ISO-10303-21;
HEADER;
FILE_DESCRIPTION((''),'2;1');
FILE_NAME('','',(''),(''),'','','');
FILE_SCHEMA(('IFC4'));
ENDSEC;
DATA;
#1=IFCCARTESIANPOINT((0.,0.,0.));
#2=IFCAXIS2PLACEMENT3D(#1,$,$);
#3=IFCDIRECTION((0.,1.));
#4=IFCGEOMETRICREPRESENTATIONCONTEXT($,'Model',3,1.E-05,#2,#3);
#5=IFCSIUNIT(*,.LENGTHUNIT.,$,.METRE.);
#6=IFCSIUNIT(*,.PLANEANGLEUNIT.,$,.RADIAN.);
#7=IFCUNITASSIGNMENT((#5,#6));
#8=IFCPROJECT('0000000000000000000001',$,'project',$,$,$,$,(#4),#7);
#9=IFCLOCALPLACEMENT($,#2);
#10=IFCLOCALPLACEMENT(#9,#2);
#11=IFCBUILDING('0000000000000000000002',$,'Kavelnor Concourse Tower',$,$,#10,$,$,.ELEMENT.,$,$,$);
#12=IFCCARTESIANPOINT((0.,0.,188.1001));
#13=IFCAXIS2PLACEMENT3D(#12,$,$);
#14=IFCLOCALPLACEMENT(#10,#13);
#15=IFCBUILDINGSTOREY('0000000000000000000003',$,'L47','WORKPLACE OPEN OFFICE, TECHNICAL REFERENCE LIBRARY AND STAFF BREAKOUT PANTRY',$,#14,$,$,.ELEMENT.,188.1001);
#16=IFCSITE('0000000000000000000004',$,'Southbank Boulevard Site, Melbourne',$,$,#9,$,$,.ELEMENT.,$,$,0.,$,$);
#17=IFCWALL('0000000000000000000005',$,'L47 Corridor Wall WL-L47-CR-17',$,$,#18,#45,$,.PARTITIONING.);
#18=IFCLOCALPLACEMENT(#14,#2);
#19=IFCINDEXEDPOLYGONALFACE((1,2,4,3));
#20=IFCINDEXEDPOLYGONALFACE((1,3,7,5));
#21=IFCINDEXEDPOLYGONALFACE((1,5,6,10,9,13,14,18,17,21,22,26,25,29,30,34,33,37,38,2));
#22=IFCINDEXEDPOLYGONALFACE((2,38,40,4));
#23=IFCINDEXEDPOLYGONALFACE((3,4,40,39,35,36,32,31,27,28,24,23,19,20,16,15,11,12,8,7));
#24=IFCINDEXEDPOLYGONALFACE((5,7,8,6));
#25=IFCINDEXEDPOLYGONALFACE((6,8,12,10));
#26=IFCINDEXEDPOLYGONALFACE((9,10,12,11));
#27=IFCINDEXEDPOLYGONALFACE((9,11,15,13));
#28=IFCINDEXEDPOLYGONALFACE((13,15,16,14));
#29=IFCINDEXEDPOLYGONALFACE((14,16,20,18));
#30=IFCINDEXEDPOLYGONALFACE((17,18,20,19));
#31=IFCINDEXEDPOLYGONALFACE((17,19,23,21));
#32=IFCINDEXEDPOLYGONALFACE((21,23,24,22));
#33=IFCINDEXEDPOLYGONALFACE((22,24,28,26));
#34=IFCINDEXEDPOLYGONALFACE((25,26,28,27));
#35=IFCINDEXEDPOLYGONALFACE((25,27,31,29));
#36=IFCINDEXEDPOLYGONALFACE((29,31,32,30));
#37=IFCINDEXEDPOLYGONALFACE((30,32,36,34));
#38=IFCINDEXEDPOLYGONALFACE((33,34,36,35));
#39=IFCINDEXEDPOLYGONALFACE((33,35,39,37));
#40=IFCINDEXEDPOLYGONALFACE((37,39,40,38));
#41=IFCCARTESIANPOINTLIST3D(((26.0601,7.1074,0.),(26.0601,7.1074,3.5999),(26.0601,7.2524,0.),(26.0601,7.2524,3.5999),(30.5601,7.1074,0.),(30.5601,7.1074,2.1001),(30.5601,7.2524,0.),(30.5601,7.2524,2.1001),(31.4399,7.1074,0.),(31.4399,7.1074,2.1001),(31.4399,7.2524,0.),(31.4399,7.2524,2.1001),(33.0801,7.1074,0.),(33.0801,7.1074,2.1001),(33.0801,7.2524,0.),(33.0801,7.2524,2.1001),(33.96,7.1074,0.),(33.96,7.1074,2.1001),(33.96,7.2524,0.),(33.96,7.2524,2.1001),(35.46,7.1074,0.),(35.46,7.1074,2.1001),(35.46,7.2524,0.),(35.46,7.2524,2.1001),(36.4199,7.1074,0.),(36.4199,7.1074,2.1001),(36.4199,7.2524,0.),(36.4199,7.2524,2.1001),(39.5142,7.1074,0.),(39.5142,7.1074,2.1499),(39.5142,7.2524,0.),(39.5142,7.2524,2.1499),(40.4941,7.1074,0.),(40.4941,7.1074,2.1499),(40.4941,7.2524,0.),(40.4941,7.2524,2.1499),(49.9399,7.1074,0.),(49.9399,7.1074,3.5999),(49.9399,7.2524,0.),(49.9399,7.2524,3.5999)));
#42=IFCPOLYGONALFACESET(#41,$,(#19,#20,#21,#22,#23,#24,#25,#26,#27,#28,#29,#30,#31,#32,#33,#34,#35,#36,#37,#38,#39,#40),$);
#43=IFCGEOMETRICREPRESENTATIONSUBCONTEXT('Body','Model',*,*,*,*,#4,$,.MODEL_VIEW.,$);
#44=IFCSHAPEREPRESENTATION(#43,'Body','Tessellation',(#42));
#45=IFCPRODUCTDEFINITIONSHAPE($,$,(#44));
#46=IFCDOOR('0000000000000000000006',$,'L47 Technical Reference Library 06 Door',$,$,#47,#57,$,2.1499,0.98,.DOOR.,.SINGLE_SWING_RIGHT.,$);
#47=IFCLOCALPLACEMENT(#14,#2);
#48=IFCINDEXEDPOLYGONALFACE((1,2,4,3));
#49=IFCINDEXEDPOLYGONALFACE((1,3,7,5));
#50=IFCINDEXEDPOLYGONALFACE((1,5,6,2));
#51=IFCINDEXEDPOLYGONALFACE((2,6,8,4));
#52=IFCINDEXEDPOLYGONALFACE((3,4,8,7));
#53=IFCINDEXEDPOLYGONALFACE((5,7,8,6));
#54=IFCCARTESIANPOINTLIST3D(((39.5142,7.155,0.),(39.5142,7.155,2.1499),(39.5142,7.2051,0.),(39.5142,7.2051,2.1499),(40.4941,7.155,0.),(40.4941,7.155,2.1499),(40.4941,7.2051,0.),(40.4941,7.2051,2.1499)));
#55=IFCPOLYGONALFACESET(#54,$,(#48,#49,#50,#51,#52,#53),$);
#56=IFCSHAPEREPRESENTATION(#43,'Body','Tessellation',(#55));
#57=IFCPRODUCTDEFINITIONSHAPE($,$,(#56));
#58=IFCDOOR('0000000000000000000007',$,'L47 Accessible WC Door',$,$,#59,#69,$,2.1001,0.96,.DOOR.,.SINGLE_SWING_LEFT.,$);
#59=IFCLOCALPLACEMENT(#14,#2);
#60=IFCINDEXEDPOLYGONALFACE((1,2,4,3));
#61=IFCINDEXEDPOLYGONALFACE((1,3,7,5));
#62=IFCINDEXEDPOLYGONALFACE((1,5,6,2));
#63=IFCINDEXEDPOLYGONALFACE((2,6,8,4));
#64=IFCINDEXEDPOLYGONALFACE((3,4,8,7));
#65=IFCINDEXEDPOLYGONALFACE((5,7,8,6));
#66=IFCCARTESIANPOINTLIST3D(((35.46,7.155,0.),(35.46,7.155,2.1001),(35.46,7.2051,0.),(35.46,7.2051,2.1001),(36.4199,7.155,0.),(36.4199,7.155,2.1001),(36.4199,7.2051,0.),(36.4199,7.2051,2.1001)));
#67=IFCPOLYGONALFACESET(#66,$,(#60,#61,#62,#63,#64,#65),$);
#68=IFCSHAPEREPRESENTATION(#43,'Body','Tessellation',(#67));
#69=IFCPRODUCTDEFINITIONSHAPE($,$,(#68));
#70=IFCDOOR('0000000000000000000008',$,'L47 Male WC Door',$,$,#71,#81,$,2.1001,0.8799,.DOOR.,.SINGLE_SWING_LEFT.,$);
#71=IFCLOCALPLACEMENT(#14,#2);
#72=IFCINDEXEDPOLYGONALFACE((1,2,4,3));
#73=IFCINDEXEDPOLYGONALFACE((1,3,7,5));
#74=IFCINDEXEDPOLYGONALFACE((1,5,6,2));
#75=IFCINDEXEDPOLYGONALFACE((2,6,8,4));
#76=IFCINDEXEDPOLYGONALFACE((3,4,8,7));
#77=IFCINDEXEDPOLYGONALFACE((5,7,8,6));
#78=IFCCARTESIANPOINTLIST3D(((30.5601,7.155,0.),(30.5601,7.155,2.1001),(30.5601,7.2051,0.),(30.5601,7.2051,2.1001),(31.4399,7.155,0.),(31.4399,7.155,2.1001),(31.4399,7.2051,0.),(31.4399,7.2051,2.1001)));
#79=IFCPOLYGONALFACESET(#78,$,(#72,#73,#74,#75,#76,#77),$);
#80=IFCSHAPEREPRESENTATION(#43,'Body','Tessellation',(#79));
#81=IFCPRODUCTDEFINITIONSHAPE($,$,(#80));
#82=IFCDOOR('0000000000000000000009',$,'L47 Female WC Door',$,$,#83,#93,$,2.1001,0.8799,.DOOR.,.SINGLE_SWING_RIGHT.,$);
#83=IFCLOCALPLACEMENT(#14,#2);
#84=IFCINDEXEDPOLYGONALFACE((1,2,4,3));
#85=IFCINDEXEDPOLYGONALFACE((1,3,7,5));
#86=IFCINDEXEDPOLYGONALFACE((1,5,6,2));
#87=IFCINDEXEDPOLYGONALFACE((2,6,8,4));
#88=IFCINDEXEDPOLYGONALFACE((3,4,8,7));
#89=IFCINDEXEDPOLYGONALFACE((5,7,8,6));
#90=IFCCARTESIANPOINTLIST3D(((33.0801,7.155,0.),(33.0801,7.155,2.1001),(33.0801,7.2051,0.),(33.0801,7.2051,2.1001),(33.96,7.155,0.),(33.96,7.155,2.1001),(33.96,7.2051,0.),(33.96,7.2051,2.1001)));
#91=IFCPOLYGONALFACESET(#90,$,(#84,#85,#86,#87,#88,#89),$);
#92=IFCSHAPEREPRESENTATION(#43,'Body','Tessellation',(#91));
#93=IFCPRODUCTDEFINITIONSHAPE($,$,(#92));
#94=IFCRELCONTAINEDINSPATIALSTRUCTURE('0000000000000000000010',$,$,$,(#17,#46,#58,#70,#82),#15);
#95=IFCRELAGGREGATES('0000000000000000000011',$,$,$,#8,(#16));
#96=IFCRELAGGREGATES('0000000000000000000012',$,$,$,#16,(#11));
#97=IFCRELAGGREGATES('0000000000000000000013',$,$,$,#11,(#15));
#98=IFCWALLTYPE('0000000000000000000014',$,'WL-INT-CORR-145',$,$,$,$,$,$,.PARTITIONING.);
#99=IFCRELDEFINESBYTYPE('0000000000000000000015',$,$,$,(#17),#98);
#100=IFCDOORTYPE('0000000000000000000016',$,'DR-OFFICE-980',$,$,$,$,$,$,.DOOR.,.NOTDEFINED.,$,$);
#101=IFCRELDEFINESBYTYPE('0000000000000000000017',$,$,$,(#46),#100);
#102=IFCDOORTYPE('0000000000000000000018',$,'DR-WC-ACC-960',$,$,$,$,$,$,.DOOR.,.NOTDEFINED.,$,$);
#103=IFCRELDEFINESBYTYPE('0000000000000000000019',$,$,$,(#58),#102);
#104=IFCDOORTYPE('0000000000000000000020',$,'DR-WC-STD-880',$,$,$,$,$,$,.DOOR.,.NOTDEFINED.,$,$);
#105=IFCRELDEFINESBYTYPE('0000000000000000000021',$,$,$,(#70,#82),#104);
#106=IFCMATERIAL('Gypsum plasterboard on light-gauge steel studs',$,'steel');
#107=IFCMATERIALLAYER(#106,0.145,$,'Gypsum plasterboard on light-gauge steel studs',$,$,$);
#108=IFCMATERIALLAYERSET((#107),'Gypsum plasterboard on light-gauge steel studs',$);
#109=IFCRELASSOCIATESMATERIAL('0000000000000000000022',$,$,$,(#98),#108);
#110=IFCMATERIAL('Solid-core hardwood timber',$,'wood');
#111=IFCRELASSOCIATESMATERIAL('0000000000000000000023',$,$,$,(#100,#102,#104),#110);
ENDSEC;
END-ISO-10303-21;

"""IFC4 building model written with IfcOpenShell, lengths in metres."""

from ifc_helpers import new_model, si_unit, direction, frame, frame_2d, origin, place, context, subcontext, project, spatial, rectangle, extrude, material, layer, layer_set, type_object, element, fill, save


model = new_model("IFC4")

# Units and contexts
model_context = context("Model", 3, precision=1e-05, world=origin(), true_north=direction((0.0, 1.0)))
body_context = subcontext(model_context, "Body", "Model", "MODEL_VIEW")
ifc_project = project(units=[si_unit("LENGTHUNIT", "METRE"), si_unit("PLANEANGLEUNIT", "RADIAN")], contexts=[model_context])

# Site, building, storey
site_placement = place(None, origin())
site = spatial("IfcSite", under=ifc_project, at=site_placement, Name="Southbank Boulevard Site, Melbourne", CompositionType="ELEMENT", RefElevation=0.0)
building_placement = place(site_placement, origin())
building = spatial("IfcBuilding", under=site, at=building_placement, Name="Kavelnor Concourse Tower", CompositionType="ELEMENT")
storey_placement = place(building_placement, frame((0.0, 0.0, 188.1001)))
storey = spatial("IfcBuildingStorey", under=building, at=storey_placement, Name="L47", Description="WORKPLACE OPEN OFFICE, TECHNICAL REFERENCE LIBRARY AND STAFF BREAKOUT PANTRY", CompositionType="ELEMENT", Elevation=188.1001)

# Shared definitions
ifc_material_1 = material(Name="Gypsum plasterboard on light-gauge steel studs", Category="steel")
ifc_layer_1 = layer(ifc_material_1, 0.145, Name="Gypsum plasterboard on light-gauge steel studs")
ifc_layer_set_1 = layer_set([ifc_layer_1], Name="Gypsum plasterboard on light-gauge steel studs")
wall_type_1 = type_object("IfcWallType", Name="WL-INT-CORR-145", PredefinedType="PARTITIONING", material=ifc_layer_set_1)
ifc_material_2 = material(Name="Solid-core hardwood timber", Category="wood")

# Wall, openings, doors
wall_1_placement = place(storey_placement, frame((49.9399, 7.1799, 0.0), z_axis=(0.0, 0.0, 1.0), x_axis=(-1.0, 0.0, 0.0)))
wall_1 = element("IfcWall", 1, at=wall_1_placement, inside=storey, type_object=wall_type_1, Name="L47 Corridor Wall WL-L47-CR-17", PredefinedType="PARTITIONING", context=body_context, shape_type="SweptSolid", body=[
    extrude(rectangle(XDim=23.8799, YDim=0.145, at=frame_2d((11.9399, 0.0))), origin(), (0.0, 0.0, 1.0), 3.5999),
])
opening_1_placement = place(wall_1_placement, frame((18.5, 0.0, 0.0)))
opening_1 = element("IfcOpeningElement", 2, at=opening_1_placement, cuts=wall_1, PredefinedType="OPENING", context=body_context, shape_type="SweptSolid", body=[
    extrude(rectangle(XDim=0.8799, YDim=2.1001, at=frame_2d((0.4399, 1.05))), frame((0.0, 0.0825, 0.0), z_axis=(0.0, -1.0, 0.0), x_axis=(1.0, 0.0, 0.0)), (0.0, 0.0, 1.0), 0.165),
])
opening_2_placement = place(wall_1_placement, frame((15.98, 0.0, 0.0)))
opening_2 = element("IfcOpeningElement", 3, at=opening_2_placement, cuts=wall_1, PredefinedType="OPENING", context=body_context, shape_type="SweptSolid", body=[
    extrude(rectangle(XDim=0.8799, YDim=2.1001, at=frame_2d((0.4399, 1.05))), frame((0.0, 0.0825, 0.0), z_axis=(0.0, -1.0, 0.0), x_axis=(1.0, 0.0, 0.0)), (0.0, 0.0, 1.0), 0.165),
])
opening_3_placement = place(wall_1_placement, frame((13.52, 0.0, 0.0)))
opening_3 = element("IfcOpeningElement", 4, at=opening_3_placement, cuts=wall_1, PredefinedType="OPENING", context=body_context, shape_type="SweptSolid", body=[
    extrude(rectangle(XDim=0.96, YDim=2.1001, at=frame_2d((0.48, 1.05))), frame((0.0, 0.0825, 0.0), z_axis=(0.0, -1.0, 0.0), x_axis=(1.0, 0.0, 0.0)), (0.0, 0.0, 1.0), 0.165),
])
opening_4_placement = place(wall_1_placement, frame((9.4458, 0.0, 0.0)))
opening_4 = element("IfcOpeningElement", 5, at=opening_4_placement, cuts=wall_1, PredefinedType="OPENING", context=body_context, shape_type="SweptSolid", body=[
    extrude(rectangle(XDim=0.98, YDim=2.1499, at=frame_2d((0.49, 1.075))), frame((0.0, 0.0825, 0.0), z_axis=(0.0, -1.0, 0.0), x_axis=(1.0, 0.0, 0.0)), (0.0, 0.0, 1.0), 0.165),
])
door_type_1 = type_object("IfcDoorType", Name="DR-OFFICE-980", OperationType="NOTDEFINED", PredefinedType="DOOR", material=ifc_material_2)
door_1_placement = place(opening_4_placement, origin())
door_1 = element("IfcDoor", 6, at=door_1_placement, inside=storey, type_object=door_type_1, Name="L47 Technical Reference Library 06 Door", OperationType="SINGLE_SWING_RIGHT", OverallHeight=2.1499, OverallWidth=0.98, PredefinedType="DOOR", context=body_context, shape_type="SweptSolid", body=[
    extrude(rectangle(XDim=0.98, YDim=2.1499, at=frame_2d((0.49, 1.075))), frame((0.0, 0.0249, 0.0), z_axis=(0.0, -1.0, 0.0), x_axis=(1.0, 0.0, 0.0)), (0.0, 0.0, 1.0), 0.05),
])
fill(opening_4, door_1)
door_type_2 = type_object("IfcDoorType", Name="DR-WC-ACC-960", OperationType="NOTDEFINED", PredefinedType="DOOR", material=ifc_material_2)
door_2_placement = place(opening_3_placement, origin())
door_2 = element("IfcDoor", 7, at=door_2_placement, inside=storey, type_object=door_type_2, Name="L47 Accessible WC Door", OperationType="SINGLE_SWING_LEFT", OverallHeight=2.1001, OverallWidth=0.96, PredefinedType="DOOR", context=body_context, shape_type="SweptSolid", body=[
    extrude(rectangle(XDim=0.96, YDim=2.1001, at=frame_2d((0.48, 1.05))), frame((0.0, 0.0249, 0.0), z_axis=(0.0, -1.0, 0.0), x_axis=(1.0, 0.0, 0.0)), (0.0, 0.0, 1.0), 0.05),
])
fill(opening_3, door_2)
door_type_3 = type_object("IfcDoorType", Name="DR-WC-STD-880", OperationType="NOTDEFINED", PredefinedType="DOOR", material=ifc_material_2)
door_3_placement = place(opening_1_placement, origin())
door_3 = element("IfcDoor", 8, at=door_3_placement, inside=storey, type_object=door_type_3, Name="L47 Male WC Door", OperationType="SINGLE_SWING_LEFT", OverallHeight=2.1001, OverallWidth=0.8799, PredefinedType="DOOR", context=body_context, shape_type="SweptSolid", body=[
    extrude(rectangle(XDim=0.8799, YDim=2.1001, at=frame_2d((0.4399, 1.05))), frame((0.0, 0.0249, 0.0), z_axis=(0.0, -1.0, 0.0), x_axis=(1.0, 0.0, 0.0)), (0.0, 0.0, 1.0), 0.05),
])
fill(opening_1, door_3)
door_4_placement = place(opening_2_placement, origin())
door_4 = element("IfcDoor", 9, at=door_4_placement, inside=storey, type_object=door_type_3, Name="L47 Female WC Door", OperationType="SINGLE_SWING_RIGHT", OverallHeight=2.1001, OverallWidth=0.8799, PredefinedType="DOOR", context=body_context, shape_type="SweptSolid", body=[
    extrude(rectangle(XDim=0.8799, YDim=2.1001, at=frame_2d((0.4399, 1.05))), frame((0.0, 0.0249, 0.0), z_axis=(0.0, -1.0, 0.0), x_axis=(1.0, 0.0, 0.0)), (0.0, 0.0, 1.0), 0.05),
])
fill(opening_2, door_4)

save(model, "model.ifc")
